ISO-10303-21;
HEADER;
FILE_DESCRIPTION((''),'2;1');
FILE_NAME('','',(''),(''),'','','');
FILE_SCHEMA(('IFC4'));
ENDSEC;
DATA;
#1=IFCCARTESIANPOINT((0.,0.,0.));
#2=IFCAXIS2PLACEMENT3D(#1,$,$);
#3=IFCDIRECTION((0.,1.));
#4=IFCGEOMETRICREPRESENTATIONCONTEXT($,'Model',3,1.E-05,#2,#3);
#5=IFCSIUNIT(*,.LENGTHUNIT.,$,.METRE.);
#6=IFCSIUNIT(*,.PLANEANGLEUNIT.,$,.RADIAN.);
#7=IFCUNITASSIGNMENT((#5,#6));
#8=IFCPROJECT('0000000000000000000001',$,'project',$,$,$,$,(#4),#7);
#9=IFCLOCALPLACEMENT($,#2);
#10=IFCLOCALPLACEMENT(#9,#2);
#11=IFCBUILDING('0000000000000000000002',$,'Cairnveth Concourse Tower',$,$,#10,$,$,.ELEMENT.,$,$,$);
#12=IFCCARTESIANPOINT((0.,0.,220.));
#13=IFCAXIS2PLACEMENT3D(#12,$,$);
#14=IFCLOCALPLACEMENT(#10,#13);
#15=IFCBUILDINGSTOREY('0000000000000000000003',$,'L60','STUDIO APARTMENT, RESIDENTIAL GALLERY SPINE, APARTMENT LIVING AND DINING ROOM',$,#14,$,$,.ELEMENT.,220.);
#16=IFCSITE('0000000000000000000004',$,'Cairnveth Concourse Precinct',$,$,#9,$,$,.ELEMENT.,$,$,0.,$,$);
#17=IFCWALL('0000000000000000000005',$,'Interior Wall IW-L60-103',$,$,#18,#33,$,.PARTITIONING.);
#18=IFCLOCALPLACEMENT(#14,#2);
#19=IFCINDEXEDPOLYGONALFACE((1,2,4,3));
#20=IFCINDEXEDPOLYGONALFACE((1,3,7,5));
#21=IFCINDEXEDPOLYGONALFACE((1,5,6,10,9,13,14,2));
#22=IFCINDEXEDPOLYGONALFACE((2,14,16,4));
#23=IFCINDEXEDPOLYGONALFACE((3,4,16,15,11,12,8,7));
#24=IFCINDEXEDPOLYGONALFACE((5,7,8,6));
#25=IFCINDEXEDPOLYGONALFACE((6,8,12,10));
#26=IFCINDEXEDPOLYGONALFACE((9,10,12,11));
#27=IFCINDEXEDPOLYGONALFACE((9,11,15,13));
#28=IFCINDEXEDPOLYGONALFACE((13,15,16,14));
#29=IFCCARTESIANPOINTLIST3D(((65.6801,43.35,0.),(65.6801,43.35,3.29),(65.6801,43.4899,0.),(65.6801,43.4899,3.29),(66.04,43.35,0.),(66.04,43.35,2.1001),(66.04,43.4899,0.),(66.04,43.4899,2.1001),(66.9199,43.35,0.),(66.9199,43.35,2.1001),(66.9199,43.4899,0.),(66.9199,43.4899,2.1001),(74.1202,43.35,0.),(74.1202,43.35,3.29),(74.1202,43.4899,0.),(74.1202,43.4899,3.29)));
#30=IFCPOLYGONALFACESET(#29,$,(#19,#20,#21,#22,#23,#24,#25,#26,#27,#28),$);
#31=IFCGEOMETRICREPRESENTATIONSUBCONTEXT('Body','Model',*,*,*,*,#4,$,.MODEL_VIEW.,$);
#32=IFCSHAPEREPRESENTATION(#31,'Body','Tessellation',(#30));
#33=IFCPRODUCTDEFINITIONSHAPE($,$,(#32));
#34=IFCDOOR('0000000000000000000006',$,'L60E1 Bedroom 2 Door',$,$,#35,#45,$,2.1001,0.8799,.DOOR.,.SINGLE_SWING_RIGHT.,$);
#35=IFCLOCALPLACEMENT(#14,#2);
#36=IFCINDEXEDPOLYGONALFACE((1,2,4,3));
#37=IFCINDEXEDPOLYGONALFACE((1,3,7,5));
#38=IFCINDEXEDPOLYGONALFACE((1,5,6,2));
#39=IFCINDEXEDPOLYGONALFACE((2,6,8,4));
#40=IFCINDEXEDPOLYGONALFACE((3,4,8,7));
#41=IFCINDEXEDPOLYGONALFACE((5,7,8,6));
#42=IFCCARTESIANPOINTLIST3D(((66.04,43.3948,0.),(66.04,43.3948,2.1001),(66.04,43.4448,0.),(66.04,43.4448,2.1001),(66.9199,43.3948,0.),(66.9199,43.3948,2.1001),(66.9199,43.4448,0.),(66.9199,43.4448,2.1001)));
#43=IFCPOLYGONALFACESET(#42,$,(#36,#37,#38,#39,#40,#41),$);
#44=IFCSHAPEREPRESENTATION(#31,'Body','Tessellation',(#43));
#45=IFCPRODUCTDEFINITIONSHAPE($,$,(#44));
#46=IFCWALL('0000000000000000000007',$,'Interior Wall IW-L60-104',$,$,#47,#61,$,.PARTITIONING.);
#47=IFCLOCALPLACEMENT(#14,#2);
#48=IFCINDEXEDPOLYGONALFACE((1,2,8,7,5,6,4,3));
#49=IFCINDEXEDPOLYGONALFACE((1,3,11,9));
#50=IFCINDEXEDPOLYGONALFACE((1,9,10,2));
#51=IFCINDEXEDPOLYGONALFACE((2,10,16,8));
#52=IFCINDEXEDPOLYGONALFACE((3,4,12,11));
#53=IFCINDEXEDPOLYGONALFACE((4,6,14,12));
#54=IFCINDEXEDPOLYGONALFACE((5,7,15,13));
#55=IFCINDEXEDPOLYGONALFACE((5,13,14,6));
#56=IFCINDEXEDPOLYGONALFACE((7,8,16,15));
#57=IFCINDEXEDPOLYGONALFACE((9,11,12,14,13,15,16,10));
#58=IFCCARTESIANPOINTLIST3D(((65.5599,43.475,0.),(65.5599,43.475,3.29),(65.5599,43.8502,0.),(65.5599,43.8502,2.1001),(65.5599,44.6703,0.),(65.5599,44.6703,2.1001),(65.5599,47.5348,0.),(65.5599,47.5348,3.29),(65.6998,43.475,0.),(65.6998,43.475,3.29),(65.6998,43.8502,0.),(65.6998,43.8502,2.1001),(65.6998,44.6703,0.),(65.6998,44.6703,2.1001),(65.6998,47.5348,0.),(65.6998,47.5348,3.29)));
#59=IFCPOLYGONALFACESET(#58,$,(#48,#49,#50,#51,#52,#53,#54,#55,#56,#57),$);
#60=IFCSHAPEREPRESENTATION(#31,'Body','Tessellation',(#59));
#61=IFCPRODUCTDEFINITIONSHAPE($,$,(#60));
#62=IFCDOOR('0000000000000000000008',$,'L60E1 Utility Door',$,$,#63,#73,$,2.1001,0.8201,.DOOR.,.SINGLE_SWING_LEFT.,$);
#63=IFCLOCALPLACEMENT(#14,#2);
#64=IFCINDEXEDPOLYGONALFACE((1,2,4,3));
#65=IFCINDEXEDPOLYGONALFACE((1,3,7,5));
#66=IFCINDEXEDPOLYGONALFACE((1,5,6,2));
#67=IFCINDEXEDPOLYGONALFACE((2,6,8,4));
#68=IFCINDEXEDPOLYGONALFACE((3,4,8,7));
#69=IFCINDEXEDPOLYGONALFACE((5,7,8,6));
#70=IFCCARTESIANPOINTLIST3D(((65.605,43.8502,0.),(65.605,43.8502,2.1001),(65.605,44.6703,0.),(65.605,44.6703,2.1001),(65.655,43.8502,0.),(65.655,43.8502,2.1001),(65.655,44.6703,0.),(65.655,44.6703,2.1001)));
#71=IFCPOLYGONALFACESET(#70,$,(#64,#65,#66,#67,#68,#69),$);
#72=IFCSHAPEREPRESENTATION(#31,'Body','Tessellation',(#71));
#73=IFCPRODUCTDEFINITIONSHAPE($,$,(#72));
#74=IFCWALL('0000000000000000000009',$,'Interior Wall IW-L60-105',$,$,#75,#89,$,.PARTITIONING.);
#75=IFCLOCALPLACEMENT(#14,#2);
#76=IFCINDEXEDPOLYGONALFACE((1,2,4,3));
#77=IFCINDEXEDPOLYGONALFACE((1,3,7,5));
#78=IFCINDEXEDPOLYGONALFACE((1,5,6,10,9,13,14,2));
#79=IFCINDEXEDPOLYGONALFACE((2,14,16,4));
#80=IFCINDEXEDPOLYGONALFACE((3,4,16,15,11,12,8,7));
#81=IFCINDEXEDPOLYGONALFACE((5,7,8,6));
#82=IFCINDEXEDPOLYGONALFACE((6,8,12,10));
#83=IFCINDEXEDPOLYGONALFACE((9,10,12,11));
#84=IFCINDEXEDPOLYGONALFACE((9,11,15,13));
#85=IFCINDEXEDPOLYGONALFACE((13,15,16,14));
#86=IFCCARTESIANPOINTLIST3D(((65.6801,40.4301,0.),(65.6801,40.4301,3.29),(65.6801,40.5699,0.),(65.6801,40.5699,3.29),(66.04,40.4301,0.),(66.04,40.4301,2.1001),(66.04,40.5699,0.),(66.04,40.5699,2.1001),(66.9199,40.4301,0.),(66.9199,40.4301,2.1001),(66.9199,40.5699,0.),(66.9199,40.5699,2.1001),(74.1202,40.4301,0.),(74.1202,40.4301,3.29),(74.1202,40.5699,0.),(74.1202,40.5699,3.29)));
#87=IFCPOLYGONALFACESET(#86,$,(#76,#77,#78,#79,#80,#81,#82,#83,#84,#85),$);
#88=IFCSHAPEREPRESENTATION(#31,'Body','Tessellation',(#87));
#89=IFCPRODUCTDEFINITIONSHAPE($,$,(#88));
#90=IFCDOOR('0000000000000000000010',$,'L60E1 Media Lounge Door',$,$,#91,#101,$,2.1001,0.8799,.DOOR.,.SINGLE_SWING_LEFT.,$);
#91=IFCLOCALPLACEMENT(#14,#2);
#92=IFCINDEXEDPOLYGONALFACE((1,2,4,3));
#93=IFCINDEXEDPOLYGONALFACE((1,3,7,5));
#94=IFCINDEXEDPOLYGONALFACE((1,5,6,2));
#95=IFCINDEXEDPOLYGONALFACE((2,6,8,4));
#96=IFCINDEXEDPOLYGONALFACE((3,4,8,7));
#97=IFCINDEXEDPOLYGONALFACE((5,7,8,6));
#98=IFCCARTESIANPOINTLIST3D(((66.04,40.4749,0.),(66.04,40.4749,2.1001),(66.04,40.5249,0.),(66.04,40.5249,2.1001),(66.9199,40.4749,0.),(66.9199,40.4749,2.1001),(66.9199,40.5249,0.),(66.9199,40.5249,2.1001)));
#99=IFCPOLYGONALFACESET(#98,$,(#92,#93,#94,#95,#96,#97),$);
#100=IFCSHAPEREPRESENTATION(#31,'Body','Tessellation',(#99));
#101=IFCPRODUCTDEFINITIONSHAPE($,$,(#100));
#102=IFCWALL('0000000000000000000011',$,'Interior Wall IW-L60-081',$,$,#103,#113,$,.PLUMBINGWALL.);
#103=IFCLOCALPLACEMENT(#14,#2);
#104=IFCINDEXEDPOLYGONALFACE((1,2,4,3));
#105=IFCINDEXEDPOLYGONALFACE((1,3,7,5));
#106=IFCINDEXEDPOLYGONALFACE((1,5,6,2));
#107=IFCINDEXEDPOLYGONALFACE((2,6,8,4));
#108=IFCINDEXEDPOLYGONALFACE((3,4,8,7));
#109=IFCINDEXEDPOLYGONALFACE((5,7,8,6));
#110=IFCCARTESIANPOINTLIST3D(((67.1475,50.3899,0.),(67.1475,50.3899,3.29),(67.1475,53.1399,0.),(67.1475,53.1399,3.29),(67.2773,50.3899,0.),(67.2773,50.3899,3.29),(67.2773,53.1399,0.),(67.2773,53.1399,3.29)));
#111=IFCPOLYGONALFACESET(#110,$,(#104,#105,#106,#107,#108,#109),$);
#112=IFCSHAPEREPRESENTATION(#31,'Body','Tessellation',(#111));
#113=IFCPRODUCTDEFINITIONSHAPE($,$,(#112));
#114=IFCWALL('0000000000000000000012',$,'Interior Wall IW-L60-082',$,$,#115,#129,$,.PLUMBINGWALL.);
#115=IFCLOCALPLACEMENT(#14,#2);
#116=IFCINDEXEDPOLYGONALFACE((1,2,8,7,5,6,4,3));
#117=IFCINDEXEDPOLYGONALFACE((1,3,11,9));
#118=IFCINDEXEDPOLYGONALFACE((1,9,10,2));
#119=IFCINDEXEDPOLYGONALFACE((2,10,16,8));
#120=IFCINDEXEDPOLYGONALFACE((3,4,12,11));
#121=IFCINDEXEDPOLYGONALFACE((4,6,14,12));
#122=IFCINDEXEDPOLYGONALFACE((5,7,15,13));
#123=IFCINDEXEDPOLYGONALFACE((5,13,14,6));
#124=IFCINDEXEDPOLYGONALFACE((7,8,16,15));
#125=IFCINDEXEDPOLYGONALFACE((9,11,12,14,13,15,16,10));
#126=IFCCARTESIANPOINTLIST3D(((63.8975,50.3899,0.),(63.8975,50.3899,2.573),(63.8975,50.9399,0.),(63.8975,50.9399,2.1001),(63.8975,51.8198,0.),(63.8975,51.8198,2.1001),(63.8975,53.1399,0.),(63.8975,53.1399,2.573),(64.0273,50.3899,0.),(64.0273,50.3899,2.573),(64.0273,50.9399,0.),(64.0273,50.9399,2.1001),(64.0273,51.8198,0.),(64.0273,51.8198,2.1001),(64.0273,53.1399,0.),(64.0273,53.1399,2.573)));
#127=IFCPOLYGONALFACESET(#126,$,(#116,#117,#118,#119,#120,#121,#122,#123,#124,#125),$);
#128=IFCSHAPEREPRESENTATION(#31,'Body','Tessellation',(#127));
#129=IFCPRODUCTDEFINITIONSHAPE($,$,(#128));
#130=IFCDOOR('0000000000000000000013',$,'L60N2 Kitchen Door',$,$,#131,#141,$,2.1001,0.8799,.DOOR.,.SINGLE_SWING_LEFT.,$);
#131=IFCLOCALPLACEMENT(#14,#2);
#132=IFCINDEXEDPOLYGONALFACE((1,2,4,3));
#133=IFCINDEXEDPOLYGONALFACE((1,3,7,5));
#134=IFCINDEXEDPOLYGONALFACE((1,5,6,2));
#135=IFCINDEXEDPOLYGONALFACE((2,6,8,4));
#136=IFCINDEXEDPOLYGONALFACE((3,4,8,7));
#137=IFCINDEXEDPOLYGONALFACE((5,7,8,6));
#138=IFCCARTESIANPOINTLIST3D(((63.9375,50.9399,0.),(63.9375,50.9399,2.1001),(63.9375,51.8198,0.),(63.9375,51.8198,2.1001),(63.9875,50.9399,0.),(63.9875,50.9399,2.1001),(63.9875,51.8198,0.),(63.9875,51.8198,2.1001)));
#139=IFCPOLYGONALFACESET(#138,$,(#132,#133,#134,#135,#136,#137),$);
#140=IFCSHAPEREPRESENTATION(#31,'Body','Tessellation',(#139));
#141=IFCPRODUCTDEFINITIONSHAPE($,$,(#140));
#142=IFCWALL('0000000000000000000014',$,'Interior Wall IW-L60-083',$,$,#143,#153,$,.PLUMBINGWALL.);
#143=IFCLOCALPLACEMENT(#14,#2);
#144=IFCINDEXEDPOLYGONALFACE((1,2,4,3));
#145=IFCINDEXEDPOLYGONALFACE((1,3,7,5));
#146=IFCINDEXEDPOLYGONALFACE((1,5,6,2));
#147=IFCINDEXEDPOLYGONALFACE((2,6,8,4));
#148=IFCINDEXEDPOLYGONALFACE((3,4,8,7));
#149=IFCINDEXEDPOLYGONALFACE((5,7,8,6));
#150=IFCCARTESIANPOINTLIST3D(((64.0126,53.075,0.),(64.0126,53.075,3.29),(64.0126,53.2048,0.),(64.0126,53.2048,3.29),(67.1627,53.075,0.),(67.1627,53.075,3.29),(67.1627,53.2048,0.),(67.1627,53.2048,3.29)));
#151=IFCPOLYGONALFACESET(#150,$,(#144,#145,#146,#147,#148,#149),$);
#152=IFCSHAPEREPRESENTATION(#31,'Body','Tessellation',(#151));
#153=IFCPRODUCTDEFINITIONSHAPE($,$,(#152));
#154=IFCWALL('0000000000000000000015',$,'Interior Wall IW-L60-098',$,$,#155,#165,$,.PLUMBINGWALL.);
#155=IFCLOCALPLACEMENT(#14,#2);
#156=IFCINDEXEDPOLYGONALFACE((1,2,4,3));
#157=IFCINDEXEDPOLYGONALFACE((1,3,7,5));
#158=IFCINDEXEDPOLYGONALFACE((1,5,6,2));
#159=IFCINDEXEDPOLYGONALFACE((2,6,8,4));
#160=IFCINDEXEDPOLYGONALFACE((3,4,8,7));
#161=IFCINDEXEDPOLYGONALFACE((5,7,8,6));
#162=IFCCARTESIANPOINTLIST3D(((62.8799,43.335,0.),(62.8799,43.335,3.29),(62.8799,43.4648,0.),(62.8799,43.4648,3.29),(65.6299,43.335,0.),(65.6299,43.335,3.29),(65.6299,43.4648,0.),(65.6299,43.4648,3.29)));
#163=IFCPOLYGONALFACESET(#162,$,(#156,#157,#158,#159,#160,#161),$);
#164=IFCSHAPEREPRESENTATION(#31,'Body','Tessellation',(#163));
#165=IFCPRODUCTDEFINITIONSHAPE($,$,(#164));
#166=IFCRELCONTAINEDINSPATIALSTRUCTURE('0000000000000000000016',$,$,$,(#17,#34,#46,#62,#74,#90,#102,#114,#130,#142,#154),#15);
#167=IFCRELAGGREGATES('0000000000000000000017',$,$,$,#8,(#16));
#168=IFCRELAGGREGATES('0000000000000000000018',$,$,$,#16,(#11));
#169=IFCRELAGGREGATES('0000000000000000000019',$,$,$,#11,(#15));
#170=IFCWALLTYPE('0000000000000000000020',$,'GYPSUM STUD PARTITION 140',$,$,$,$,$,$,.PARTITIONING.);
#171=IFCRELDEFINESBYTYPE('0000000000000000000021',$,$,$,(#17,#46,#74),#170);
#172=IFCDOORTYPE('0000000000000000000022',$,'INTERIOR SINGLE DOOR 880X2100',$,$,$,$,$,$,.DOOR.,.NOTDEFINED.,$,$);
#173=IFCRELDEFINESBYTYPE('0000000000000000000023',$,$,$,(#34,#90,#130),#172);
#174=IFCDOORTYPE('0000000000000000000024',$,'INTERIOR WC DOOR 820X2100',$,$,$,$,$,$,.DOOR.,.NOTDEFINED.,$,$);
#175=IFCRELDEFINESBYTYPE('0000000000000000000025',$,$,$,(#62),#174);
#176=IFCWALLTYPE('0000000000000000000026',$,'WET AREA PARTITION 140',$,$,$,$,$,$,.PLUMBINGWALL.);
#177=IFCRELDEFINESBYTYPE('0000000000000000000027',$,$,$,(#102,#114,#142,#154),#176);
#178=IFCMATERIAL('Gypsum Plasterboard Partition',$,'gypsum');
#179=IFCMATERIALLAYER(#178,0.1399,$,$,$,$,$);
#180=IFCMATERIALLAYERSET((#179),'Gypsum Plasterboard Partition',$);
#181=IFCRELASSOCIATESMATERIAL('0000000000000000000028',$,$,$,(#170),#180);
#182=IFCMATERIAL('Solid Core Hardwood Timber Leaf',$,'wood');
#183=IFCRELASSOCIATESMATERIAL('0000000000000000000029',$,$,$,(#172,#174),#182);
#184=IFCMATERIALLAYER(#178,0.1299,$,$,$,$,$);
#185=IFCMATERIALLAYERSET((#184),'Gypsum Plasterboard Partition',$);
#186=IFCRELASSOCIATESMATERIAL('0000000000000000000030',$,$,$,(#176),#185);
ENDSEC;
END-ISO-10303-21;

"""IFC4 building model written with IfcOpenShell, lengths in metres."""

from ifc_helpers import new_model, si_unit, direction, frame, frame_2d, origin, place, context, subcontext, project, spatial, rectangle, extrude, material, layer, layer_set, type_object, element, fill, save


model = new_model("IFC4")

# Units and contexts
model_context = context("Model", 3, precision=1e-05, world=origin(), true_north=direction((0.0, 1.0)))
body_context = subcontext(model_context, "Body", "Model", "MODEL_VIEW")
ifc_project = project(units=[si_unit("LENGTHUNIT", "METRE"), si_unit("PLANEANGLEUNIT", "RADIAN")], contexts=[model_context])

# Site, building, storey
site_placement = place(None, origin())
site = spatial("IfcSite", under=ifc_project, at=site_placement, Name="Cairnveth Concourse Precinct", CompositionType="ELEMENT", RefElevation=0.0)
building_placement = place(site_placement, origin())
building = spatial("IfcBuilding", under=site, at=building_placement, Name="Cairnveth Concourse Tower", CompositionType="ELEMENT")
storey_placement = place(building_placement, frame((0.0, 0.0, 220.0)))
storey = spatial("IfcBuildingStorey", under=building, at=storey_placement, Name="L60", Description="STUDIO APARTMENT, RESIDENTIAL GALLERY SPINE, APARTMENT LIVING AND DINING ROOM", CompositionType="ELEMENT", Elevation=220.0)

# Shared definitions
ifc_material_1 = material(Name="Gypsum Plasterboard Partition", Category="gypsum")

# Walls, openings, doors
ifc_layer_1 = layer(ifc_material_1, 0.1399)
ifc_layer_set_1 = layer_set([ifc_layer_1], Name="Gypsum Plasterboard Partition")
wall_type_1 = type_object("IfcWallType", Name="GYPSUM STUD PARTITION 140", PredefinedType="PARTITIONING", material=ifc_layer_set_1)
ifc_material_2 = material(Name="Solid Core Hardwood Timber Leaf", Category="wood")
door_type_1 = type_object("IfcDoorType", Name="INTERIOR SINGLE DOOR 880X2100", OperationType="NOTDEFINED", PredefinedType="DOOR", material=ifc_material_2)
door_type_2 = type_object("IfcDoorType", Name="INTERIOR WC DOOR 820X2100", OperationType="NOTDEFINED", PredefinedType="DOOR", material=ifc_material_2)
wall_1_placement = place(storey_placement, frame((65.6799, 43.4199, 0.0), z_axis=(0.0, 0.0, 1.0), x_axis=(1.0, 0.0, 0.0)))
wall_1 = element("IfcWall", 1, at=wall_1_placement, inside=storey, type_object=wall_type_1, Name="Interior Wall IW-L60-103", PredefinedType="PARTITIONING", context=body_context, shape_type="SweptSolid", body=[
    extrude(rectangle(XDim=8.4402, YDim=0.1399, at=frame_2d((4.2202, 0.0))), origin(), (0.0, 0.0, 1.0), 3.29),
])
opening_1_placement = place(wall_1_placement, frame((0.3601, 0.0, 0.0)))
opening_1 = element("IfcOpeningElement", 2, at=opening_1_placement, cuts=wall_1, PredefinedType="OPENING", context=body_context, shape_type="SweptSolid", body=[
    extrude(rectangle(XDim=0.8799, YDim=2.1001, at=frame_2d((0.4399, 1.05))), frame((0.0, 0.0798, 0.0), z_axis=(0.0, -1.0, 0.0), x_axis=(1.0, 0.0, 0.0)), (0.0, 0.0, 1.0), 0.1599),
])
door_1_placement = place(opening_1_placement, origin())
door_1 = element("IfcDoor", 3, at=door_1_placement, inside=storey, type_object=door_type_1, Name="L60E1 Bedroom 2 Door", OperationType="SINGLE_SWING_RIGHT", OverallHeight=2.1001, OverallWidth=0.8799, PredefinedType="DOOR", context=body_context, shape_type="SweptSolid", body=[
    extrude(rectangle(XDim=0.8799, YDim=2.1001, at=frame_2d((0.4399, 1.05))), frame((0.0, 0.0249, 0.0), z_axis=(0.0, -1.0, 0.0), x_axis=(1.0, 0.0, 0.0)), (0.0, 0.0, 1.0), 0.05),
])
fill(opening_1, door_1)
wall_2_placement = place(storey_placement, frame((65.6299, 43.4751, 0.0), z_axis=(0.0, 0.0, 1.0), x_axis=(0.0, 1.0, 0.0)))
wall_2 = element("IfcWall", 4, at=wall_2_placement, inside=storey, type_object=wall_type_1, Name="Interior Wall IW-L60-104", PredefinedType="PARTITIONING", context=body_context, shape_type="SweptSolid", body=[
    extrude(rectangle(XDim=4.0598, YDim=0.1399, at=frame_2d((2.0298, 0.0))), origin(), (0.0, 0.0, 1.0), 3.29),
])
opening_2_placement = place(wall_2_placement, frame((0.375, 0.0, 0.0)))
opening_2 = element("IfcOpeningElement", 5, at=opening_2_placement, cuts=wall_2, PredefinedType="OPENING", context=body_context, shape_type="SweptSolid", body=[
    extrude(rectangle(XDim=0.8201, YDim=2.1001, at=frame_2d((0.4102, 1.05))), frame((0.0, 0.0798, 0.0), z_axis=(0.0, -1.0, 0.0), x_axis=(1.0, 0.0, 0.0)), (0.0, 0.0, 1.0), 0.1599),
])
door_2_placement = place(opening_2_placement, origin())
door_2 = element("IfcDoor", 6, at=door_2_placement, inside=storey, type_object=door_type_2, Name="L60E1 Utility Door", OperationType="SINGLE_SWING_LEFT", OverallHeight=2.1001, OverallWidth=0.8201, PredefinedType="DOOR", context=body_context, shape_type="SweptSolid", body=[
    extrude(rectangle(XDim=0.8201, YDim=2.1001, at=frame_2d((0.4102, 1.05))), frame((0.0, 0.0249, 0.0), z_axis=(0.0, -1.0, 0.0), x_axis=(1.0, 0.0, 0.0)), (0.0, 0.0, 1.0), 0.05),
])
fill(opening_2, door_2)
wall_3_placement = place(storey_placement, frame((65.6799, 40.5, 0.0), z_axis=(0.0, 0.0, 1.0), x_axis=(1.0, 0.0, 0.0)))
wall_3 = element("IfcWall", 7, at=wall_3_placement, inside=storey, type_object=wall_type_1, Name="Interior Wall IW-L60-105", PredefinedType="PARTITIONING", context=body_context, shape_type="SweptSolid", body=[
    extrude(rectangle(XDim=8.4402, YDim=0.1399, at=frame_2d((4.2202, 0.0))), origin(), (0.0, 0.0, 1.0), 3.29),
])
opening_3_placement = place(wall_3_placement, frame((0.3601, 0.0, 0.0)))
opening_3 = element("IfcOpeningElement", 8, at=opening_3_placement, cuts=wall_3, PredefinedType="OPENING", context=body_context, shape_type="SweptSolid", body=[
    extrude(rectangle(XDim=0.8799, YDim=2.1001, at=frame_2d((0.4399, 1.05))), frame((0.0, 0.0798, 0.0), z_axis=(0.0, -1.0, 0.0), x_axis=(1.0, 0.0, 0.0)), (0.0, 0.0, 1.0), 0.1599),
])
door_3_placement = place(opening_3_placement, origin())
door_3 = element("IfcDoor", 9, at=door_3_placement, inside=storey, type_object=door_type_1, Name="L60E1 Media Lounge Door", OperationType="SINGLE_SWING_LEFT", OverallHeight=2.1001, OverallWidth=0.8799, PredefinedType="DOOR", context=body_context, shape_type="SweptSolid", body=[
    extrude(rectangle(XDim=0.8799, YDim=2.1001, at=frame_2d((0.4399, 1.05))), frame((0.0, 0.0249, 0.0), z_axis=(0.0, -1.0, 0.0), x_axis=(1.0, 0.0, 0.0)), (0.0, 0.0, 1.0), 0.05),
])
fill(opening_3, door_3)

# Wall
ifc_layer_2 = layer(ifc_material_1, 0.1299)
ifc_layer_set_2 = layer_set([ifc_layer_2], Name="Gypsum Plasterboard Partition")
wall_type_2 = type_object("IfcWallType", Name="WET AREA PARTITION 140", PredefinedType="PLUMBINGWALL", material=ifc_layer_set_2)
wall_4_placement = place(storey_placement, frame((67.2124, 50.3899, 0.0), z_axis=(0.0, 0.0, 1.0), x_axis=(0.0, 1.0, 0.0)))
element("IfcWall", 10, at=wall_4_placement, inside=storey, type_object=wall_type_2, Name="Interior Wall IW-L60-081", PredefinedType="PLUMBINGWALL", context=body_context, shape_type="SweptSolid", body=[
    extrude(rectangle(XDim=2.75, YDim=0.1299, at=frame_2d((1.375, 0.0))), origin(), (0.0, 0.0, 1.0), 3.29),
])

# Wall, opening, door
wall_5_placement = place(storey_placement, frame((63.9624, 50.3899, 0.0), z_axis=(0.0, 0.0, 1.0), x_axis=(0.0, 1.0, 0.0)))
wall_5 = element("IfcWall", 11, at=wall_5_placement, inside=storey, type_object=wall_type_2, Name="Interior Wall IW-L60-082", PredefinedType="PLUMBINGWALL", context=body_context, shape_type="SweptSolid", body=[
    extrude(rectangle(XDim=2.75, YDim=0.1299, at=frame_2d((1.375, 0.0))), origin(), (0.0, 0.0, 1.0), 2.573),
])
opening_4_placement = place(wall_5_placement, frame((0.55, 0.0, 0.0)))
opening_4 = element("IfcOpeningElement", 12, at=opening_4_placement, cuts=wall_5, PredefinedType="OPENING", context=body_context, shape_type="SweptSolid", body=[
    extrude(rectangle(XDim=0.8799, YDim=2.1001, at=frame_2d((0.4399, 1.05))), frame((0.0, 0.075, 0.0), z_axis=(0.0, -1.0, 0.0), x_axis=(1.0, 0.0, 0.0)), (0.0, 0.0, 1.0), 0.1499),
])
door_4_placement = place(opening_4_placement, origin())
door_4 = element("IfcDoor", 13, at=door_4_placement, inside=storey, type_object=door_type_1, Name="L60N2 Kitchen Door", OperationType="SINGLE_SWING_LEFT", OverallHeight=2.1001, OverallWidth=0.8799, PredefinedType="DOOR", context=body_context, shape_type="SweptSolid", body=[
    extrude(rectangle(XDim=0.8799, YDim=2.1001, at=frame_2d((0.4399, 1.05))), frame((0.0, 0.0249, 0.0), z_axis=(0.0, -1.0, 0.0), x_axis=(1.0, 0.0, 0.0)), (0.0, 0.0, 1.0), 0.05),
])
fill(opening_4, door_4)

# Walls
wall_6_placement = place(storey_placement, frame((64.0125, 53.1399, 0.0), z_axis=(0.0, 0.0, 1.0), x_axis=(1.0, 0.0, 0.0)))
element("IfcWall", 14, at=wall_6_placement, inside=storey, type_object=wall_type_2, Name="Interior Wall IW-L60-083", PredefinedType="PLUMBINGWALL", context=body_context, shape_type="SweptSolid", body=[
    extrude(rectangle(XDim=3.1501, YDim=0.1299, at=frame_2d((1.5752, 0.0))), origin(), (0.0, 0.0, 1.0), 3.29),
])
wall_7_placement = place(storey_placement, frame((62.8799, 43.3999, 0.0), z_axis=(0.0, 0.0, 1.0), x_axis=(1.0, 0.0, 0.0)))
element("IfcWall", 15, at=wall_7_placement, inside=storey, type_object=wall_type_2, Name="Interior Wall IW-L60-098", PredefinedType="PLUMBINGWALL", context=body_context, shape_type="SweptSolid", body=[
    extrude(rectangle(XDim=2.75, YDim=0.1299, at=frame_2d((1.375, 0.0))), origin(), (0.0, 0.0, 1.0), 3.29),
])

save(model, "model.ifc")
